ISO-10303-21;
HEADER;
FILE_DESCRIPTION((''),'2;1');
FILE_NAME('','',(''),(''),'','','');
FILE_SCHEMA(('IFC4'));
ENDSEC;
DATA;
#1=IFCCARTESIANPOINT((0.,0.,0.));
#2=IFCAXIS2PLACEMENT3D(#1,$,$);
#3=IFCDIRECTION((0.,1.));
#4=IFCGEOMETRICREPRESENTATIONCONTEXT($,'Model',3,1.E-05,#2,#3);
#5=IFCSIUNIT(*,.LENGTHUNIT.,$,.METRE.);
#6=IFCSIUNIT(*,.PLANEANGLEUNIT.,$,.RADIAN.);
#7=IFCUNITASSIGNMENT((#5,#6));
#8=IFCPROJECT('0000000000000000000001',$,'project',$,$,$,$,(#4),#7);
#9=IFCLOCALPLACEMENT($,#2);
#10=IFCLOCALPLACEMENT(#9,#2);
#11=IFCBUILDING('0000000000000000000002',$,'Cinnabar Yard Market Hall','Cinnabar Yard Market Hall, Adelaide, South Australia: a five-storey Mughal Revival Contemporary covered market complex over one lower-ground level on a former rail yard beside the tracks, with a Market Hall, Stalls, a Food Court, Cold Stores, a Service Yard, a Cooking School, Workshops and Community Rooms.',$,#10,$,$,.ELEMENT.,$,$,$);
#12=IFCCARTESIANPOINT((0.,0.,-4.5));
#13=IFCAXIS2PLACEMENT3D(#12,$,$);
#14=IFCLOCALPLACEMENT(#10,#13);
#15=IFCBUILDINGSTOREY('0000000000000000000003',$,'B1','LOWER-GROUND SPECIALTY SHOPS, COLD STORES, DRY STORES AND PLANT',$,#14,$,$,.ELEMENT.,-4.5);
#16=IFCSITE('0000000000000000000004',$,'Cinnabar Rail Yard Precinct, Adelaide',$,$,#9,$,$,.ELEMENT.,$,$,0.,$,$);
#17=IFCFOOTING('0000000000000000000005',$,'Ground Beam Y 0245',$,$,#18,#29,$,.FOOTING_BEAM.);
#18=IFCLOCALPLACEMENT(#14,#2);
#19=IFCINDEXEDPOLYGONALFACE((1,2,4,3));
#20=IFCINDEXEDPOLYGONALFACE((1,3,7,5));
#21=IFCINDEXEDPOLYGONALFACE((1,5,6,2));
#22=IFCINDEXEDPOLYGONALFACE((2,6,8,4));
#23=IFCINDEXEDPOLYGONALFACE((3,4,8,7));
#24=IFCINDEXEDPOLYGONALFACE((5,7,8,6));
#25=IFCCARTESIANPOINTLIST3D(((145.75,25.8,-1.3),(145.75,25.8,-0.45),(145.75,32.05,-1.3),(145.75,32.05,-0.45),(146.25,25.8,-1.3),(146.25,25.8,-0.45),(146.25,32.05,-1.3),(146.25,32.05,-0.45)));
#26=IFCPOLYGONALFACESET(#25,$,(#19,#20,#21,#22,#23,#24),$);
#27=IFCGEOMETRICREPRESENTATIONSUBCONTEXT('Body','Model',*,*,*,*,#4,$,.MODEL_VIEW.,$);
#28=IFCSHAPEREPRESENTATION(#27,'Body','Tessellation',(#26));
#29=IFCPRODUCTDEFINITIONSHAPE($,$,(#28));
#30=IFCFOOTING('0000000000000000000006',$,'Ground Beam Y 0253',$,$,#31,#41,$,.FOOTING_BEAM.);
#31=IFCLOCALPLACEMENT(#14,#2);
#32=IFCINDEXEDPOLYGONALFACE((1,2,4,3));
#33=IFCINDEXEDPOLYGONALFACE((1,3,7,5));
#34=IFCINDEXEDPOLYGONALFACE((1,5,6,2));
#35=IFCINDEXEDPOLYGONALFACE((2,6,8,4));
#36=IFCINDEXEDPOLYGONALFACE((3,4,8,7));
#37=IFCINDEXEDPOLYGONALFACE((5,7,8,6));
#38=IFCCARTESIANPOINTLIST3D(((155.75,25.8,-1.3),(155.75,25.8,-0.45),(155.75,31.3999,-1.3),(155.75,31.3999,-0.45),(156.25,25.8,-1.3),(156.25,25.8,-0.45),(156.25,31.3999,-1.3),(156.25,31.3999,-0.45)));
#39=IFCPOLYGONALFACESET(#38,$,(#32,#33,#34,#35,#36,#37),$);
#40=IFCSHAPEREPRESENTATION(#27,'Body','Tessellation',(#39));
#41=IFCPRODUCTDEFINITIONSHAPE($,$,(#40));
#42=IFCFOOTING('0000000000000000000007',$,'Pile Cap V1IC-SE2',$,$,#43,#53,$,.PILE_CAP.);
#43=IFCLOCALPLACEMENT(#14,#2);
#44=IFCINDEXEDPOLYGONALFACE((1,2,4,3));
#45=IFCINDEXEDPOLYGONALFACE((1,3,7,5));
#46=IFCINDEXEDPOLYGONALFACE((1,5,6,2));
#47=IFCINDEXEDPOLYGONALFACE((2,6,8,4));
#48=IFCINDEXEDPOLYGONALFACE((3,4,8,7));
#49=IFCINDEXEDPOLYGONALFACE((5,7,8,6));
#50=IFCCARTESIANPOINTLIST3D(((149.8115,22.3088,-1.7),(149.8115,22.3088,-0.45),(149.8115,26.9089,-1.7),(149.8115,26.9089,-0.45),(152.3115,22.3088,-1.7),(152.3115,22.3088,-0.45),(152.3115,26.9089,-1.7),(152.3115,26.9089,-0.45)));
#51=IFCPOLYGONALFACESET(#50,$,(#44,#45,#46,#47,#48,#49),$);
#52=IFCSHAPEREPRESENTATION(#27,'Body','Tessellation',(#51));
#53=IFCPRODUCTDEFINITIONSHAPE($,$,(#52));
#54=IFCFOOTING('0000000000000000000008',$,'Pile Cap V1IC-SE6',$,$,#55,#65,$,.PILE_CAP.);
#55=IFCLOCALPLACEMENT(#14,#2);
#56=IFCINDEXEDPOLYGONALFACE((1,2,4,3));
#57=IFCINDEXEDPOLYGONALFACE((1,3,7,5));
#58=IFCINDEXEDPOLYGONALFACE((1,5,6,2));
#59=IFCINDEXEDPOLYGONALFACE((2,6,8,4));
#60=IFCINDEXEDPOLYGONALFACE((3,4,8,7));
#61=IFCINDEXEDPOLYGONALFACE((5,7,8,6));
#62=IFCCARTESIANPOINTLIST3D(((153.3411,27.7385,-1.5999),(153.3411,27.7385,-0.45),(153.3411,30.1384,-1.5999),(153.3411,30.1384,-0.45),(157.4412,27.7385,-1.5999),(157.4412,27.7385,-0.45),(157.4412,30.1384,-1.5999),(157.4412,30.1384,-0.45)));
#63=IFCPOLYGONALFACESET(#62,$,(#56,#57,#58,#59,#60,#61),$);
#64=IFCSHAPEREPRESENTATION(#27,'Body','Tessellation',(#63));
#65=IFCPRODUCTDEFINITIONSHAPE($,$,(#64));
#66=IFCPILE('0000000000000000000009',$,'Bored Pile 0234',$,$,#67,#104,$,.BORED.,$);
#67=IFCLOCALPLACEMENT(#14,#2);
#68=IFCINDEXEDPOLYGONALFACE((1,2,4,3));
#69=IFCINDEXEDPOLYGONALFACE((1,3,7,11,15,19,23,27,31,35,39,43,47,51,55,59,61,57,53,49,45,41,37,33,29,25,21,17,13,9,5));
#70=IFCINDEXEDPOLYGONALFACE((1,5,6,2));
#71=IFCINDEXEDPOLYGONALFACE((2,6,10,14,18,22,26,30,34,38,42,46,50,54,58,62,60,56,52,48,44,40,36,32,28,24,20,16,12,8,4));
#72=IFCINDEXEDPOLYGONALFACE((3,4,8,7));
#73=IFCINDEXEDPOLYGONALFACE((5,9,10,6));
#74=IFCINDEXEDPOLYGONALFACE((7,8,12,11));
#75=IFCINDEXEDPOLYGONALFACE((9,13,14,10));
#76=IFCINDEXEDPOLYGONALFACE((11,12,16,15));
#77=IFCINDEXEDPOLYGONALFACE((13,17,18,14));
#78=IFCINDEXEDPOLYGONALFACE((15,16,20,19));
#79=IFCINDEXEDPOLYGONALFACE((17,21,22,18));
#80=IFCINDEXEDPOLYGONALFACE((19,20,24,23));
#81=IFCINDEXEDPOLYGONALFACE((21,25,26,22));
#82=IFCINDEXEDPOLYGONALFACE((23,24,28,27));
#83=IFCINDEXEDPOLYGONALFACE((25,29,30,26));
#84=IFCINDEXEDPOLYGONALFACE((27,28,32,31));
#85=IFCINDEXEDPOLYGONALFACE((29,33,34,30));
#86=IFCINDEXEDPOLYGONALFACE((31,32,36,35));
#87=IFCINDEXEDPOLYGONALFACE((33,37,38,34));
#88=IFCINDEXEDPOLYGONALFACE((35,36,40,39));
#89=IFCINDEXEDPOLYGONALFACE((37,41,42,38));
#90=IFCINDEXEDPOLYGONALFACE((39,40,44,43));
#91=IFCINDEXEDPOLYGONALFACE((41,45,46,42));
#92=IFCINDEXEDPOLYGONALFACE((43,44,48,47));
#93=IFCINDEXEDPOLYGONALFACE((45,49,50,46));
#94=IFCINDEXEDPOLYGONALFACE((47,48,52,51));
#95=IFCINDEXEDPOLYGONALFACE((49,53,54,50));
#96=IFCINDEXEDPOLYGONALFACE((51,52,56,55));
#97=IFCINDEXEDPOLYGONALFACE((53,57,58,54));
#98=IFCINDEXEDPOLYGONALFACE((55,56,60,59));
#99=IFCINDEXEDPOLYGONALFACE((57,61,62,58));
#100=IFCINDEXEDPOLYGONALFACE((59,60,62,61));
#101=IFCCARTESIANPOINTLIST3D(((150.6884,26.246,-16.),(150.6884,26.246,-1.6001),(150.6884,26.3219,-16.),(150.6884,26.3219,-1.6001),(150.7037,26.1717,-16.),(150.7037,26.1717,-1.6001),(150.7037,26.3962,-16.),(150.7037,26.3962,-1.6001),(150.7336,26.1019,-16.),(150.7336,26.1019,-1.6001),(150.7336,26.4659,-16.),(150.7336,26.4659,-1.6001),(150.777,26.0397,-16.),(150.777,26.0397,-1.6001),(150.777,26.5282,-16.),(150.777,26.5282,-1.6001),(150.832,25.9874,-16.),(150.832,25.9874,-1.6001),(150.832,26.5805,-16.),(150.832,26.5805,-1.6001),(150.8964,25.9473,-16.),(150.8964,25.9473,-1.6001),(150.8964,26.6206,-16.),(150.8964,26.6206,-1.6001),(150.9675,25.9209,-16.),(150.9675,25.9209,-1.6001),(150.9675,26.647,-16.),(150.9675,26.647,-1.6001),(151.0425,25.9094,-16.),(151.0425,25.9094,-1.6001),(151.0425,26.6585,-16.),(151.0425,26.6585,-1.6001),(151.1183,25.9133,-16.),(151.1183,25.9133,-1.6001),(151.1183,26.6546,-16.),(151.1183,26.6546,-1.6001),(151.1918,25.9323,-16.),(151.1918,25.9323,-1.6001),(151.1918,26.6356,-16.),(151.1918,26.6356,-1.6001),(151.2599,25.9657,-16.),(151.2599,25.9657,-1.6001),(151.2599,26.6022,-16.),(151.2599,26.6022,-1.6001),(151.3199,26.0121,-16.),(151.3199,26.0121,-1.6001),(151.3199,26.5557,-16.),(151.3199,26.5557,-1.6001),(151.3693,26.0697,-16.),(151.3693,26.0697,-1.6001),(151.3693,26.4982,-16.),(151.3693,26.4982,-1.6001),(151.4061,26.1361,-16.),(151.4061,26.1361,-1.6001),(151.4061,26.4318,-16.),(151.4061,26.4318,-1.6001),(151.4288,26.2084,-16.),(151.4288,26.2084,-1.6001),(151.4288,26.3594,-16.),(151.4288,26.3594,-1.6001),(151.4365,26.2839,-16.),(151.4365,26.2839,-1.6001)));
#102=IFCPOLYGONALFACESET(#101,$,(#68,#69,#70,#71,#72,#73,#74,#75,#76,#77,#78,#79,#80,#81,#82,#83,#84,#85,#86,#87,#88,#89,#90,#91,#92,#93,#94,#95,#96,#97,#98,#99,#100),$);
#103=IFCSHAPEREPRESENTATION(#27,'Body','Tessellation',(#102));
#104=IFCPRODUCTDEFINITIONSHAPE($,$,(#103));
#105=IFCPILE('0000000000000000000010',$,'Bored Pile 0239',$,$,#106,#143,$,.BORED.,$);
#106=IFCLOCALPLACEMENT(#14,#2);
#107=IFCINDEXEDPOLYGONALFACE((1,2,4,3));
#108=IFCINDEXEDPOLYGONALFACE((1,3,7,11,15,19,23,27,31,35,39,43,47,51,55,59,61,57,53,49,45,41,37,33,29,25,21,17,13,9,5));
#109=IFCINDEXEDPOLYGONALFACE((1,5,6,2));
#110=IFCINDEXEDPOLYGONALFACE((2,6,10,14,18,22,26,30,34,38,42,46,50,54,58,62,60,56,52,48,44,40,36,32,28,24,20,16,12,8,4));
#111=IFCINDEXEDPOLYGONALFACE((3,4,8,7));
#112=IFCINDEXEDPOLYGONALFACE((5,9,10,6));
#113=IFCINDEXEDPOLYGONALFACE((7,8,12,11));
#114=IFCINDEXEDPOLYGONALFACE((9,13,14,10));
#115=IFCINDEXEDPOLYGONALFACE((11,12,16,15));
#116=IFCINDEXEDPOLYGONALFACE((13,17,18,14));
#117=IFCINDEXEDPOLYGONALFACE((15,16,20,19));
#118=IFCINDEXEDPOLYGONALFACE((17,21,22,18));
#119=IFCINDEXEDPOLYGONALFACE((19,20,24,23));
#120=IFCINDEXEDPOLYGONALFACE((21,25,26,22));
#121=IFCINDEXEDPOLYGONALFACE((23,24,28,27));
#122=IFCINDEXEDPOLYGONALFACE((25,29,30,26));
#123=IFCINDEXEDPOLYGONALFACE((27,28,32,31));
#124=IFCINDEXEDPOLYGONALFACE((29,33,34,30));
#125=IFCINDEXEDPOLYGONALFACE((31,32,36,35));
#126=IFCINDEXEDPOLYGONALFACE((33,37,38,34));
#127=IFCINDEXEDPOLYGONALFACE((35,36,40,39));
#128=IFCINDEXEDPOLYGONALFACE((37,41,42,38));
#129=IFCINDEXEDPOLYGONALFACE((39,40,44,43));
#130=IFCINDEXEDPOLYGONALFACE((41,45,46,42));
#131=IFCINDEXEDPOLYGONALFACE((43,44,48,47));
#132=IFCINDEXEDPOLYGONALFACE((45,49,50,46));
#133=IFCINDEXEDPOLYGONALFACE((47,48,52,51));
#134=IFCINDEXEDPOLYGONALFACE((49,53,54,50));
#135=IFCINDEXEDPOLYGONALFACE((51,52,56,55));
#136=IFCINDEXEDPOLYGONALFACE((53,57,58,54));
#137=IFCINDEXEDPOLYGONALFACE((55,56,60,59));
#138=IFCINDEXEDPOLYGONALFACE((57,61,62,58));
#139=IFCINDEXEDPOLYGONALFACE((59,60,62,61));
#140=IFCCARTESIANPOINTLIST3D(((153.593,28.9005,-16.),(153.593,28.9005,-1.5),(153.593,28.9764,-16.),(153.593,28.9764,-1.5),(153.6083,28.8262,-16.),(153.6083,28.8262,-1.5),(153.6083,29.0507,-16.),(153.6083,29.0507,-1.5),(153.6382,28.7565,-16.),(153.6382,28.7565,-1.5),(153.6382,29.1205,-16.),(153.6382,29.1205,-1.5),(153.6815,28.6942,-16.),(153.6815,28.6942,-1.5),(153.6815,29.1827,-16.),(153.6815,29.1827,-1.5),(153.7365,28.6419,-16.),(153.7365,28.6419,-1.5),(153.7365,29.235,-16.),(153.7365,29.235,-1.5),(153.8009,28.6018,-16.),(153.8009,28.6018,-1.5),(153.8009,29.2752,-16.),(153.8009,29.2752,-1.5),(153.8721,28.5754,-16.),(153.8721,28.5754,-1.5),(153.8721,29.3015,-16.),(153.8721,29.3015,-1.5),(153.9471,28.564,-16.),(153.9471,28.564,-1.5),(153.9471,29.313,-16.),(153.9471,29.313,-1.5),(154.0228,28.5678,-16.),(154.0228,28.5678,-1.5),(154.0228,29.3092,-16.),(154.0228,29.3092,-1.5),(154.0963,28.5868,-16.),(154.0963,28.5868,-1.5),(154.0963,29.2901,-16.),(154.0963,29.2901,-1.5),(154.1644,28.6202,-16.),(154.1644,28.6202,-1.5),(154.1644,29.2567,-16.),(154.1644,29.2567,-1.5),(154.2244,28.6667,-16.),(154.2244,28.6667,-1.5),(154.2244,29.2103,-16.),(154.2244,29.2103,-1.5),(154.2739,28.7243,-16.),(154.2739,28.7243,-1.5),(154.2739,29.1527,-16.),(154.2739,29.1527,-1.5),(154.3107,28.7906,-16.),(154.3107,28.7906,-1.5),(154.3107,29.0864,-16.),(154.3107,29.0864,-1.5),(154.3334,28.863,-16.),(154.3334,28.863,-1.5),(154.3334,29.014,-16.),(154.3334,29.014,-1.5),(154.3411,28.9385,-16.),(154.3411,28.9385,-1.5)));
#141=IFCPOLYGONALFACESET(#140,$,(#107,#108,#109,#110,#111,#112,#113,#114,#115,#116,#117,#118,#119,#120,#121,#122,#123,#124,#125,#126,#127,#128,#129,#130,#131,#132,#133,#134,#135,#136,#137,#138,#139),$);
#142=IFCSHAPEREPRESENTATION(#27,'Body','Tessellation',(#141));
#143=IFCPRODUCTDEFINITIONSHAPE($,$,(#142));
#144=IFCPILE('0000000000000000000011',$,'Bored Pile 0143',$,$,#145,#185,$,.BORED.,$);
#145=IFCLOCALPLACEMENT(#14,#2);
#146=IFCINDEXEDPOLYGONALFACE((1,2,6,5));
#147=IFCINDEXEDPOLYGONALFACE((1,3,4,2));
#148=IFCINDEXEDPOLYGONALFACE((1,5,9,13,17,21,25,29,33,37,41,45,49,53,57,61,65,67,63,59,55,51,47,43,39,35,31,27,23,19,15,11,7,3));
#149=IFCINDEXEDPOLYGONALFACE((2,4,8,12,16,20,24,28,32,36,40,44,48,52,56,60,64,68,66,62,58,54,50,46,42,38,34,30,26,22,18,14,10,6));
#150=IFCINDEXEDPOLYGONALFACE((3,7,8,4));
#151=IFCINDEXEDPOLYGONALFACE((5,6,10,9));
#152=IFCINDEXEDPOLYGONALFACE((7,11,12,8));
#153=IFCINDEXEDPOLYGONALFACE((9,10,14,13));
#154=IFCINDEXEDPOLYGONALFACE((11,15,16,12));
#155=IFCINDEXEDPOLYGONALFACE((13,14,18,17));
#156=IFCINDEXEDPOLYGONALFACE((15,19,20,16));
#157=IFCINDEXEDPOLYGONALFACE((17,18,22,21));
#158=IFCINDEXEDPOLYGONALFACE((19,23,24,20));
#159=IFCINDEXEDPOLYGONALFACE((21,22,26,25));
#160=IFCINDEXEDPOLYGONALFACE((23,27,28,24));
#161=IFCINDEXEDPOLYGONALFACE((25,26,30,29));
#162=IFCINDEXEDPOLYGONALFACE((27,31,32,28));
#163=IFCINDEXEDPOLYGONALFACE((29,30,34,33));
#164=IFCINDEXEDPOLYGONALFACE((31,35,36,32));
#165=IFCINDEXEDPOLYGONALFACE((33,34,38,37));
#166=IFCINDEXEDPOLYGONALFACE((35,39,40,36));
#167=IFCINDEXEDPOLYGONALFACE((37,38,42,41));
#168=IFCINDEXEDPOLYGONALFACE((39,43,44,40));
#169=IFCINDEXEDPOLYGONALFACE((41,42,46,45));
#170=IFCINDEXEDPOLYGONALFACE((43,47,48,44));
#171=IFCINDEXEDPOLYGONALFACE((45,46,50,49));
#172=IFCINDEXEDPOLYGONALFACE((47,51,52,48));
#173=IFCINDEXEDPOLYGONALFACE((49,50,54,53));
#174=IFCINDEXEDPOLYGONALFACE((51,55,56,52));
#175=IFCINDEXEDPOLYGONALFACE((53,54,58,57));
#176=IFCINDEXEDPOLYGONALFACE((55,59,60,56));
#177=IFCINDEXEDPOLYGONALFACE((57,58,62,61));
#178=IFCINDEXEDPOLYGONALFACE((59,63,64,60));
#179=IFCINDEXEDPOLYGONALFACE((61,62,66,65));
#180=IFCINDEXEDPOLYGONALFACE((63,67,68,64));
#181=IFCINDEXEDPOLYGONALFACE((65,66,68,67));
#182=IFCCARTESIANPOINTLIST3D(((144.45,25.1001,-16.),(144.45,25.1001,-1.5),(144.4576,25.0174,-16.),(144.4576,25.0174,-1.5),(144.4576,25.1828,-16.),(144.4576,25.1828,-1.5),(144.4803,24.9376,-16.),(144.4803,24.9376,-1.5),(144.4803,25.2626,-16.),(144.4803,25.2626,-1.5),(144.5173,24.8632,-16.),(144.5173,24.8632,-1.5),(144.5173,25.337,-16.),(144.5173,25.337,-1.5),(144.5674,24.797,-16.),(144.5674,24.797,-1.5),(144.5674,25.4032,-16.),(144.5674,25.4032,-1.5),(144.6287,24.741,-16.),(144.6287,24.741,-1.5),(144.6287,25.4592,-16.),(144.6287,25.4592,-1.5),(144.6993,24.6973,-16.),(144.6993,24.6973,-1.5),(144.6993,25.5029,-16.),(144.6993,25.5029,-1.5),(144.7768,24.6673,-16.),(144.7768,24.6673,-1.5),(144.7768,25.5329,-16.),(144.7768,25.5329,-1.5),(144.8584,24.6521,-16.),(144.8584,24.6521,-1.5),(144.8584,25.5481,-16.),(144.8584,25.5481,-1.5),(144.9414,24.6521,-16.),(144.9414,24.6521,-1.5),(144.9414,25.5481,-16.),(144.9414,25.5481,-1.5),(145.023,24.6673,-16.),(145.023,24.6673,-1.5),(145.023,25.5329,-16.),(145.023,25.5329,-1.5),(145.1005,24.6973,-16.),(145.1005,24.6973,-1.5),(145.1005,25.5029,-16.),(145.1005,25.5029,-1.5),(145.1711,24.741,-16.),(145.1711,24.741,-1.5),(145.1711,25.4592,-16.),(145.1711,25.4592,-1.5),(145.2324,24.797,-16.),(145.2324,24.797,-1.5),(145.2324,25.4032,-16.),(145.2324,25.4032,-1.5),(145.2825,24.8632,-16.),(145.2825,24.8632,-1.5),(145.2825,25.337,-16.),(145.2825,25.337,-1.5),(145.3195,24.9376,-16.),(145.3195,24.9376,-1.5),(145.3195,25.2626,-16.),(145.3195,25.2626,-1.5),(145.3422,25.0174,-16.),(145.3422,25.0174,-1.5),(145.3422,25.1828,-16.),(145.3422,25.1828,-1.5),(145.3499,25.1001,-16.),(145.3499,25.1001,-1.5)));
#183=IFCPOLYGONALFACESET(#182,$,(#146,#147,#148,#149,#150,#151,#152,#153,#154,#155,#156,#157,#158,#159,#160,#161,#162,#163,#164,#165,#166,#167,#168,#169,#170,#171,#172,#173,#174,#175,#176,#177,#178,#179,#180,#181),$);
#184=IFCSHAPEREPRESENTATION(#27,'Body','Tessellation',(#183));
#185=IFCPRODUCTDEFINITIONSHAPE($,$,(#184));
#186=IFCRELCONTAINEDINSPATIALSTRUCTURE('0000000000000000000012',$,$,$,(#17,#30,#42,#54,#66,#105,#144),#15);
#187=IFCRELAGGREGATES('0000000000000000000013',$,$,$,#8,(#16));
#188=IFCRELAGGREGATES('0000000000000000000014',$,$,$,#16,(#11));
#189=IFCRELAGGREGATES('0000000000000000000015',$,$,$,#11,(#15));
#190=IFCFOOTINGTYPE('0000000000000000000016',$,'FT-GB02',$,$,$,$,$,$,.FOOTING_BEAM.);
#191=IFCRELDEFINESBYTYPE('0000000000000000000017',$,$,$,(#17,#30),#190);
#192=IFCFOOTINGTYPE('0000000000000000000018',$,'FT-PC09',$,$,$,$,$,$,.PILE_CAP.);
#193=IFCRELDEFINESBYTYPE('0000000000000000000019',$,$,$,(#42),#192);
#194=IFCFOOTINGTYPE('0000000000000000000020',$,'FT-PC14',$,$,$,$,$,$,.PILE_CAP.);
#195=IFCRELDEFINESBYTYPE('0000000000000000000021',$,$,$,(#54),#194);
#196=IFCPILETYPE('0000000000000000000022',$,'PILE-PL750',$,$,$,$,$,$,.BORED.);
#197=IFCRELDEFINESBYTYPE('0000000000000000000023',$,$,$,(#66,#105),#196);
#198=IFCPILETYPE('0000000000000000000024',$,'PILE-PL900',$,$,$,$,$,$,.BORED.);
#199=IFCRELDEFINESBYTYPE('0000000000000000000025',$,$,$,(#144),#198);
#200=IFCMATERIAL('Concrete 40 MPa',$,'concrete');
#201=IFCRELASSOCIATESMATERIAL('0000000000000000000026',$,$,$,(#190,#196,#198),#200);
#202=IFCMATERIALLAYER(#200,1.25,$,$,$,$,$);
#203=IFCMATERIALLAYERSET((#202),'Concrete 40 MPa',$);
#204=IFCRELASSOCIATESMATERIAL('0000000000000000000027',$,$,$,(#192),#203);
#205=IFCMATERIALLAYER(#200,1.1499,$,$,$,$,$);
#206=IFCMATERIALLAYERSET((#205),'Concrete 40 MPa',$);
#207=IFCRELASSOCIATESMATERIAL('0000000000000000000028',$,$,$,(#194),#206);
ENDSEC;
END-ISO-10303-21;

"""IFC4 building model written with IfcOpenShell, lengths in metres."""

from ifc_helpers import new_model, si_unit, direction, frame, origin, origin_2d_with_axis, place, context, subcontext, project, spatial, rectangle, circle, extrude, material, layer, layer_set, material_profile, profile_set, type_object, element, save


model = new_model("IFC4")

# Units and contexts
model_context = context("Model", 3, precision=1e-05, world=origin(), true_north=direction((0.0, 1.0)))
body_context = subcontext(model_context, "Body", "Model", "MODEL_VIEW")
ifc_project = project(units=[si_unit("LENGTHUNIT", "METRE"), si_unit("PLANEANGLEUNIT", "RADIAN")], contexts=[model_context])

# Site, building, storey
site_placement = place(None, origin())
site = spatial("IfcSite", under=ifc_project, at=site_placement, Name="Cinnabar Rail Yard Precinct, Adelaide", CompositionType="ELEMENT", RefElevation=0.0)
building_placement = place(site_placement, origin())
building = spatial("IfcBuilding", under=site, at=building_placement, Name="Cinnabar Yard Market Hall", Description="Cinnabar Yard Market Hall, Adelaide, South Australia: a five-storey Mughal Revival Contemporary covered market complex over one lower-ground level on a former rail yard beside the tracks, with a Market Hall, Stalls, a Food Court, Cold Stores, a Service Yard, a Cooking School, Workshops and Community Rooms.", CompositionType="ELEMENT")
storey_placement = place(building_placement, frame((0.0, 0.0, -4.5)))
storey = spatial("IfcBuildingStorey", under=building, at=storey_placement, Name="B1", Description="LOWER-GROUND SPECIALTY SHOPS, COLD STORES, DRY STORES AND PLANT", CompositionType="ELEMENT", Elevation=-4.5)

# Footings
ifc_material_1 = material(Name="Concrete 40 MPa", Category="concrete")
ifc_material_profile_1 = material_profile(ifc_material_1, rectangle(XDim=0.5, YDim=0.8501, at=origin_2d_with_axis()), Name="GB-500x850")
ifc_profile_set_1 = profile_set([ifc_material_profile_1], Name="Concrete 40 MPa")
footing_type_1 = type_object("IfcFootingType", Name="FT-GB02", PredefinedType="FOOTING_BEAM", material=ifc_profile_set_1)
footing_1_placement = place(storey_placement, frame((146.0, 25.8, -0.875), z_axis=(0.0, 1.0, 0.0), x_axis=(-1.0, 0.0, 0.0)))
element("IfcFooting", 1, at=footing_1_placement, inside=storey, type_object=footing_type_1, Name="Ground Beam Y 0245", PredefinedType="FOOTING_BEAM", context=body_context, shape_type="SweptSolid", body=[
    extrude(rectangle(XDim=0.5, YDim=0.8501, at=origin_2d_with_axis()), origin(), (0.0, 0.0, 1.0), 6.25),
])
footing_2_placement = place(storey_placement, frame((156.0, 25.8, -0.875), z_axis=(0.0, 1.0, 0.0), x_axis=(-1.0, 0.0, 0.0)))
element("IfcFooting", 2, at=footing_2_placement, inside=storey, type_object=footing_type_1, Name="Ground Beam Y 0253", PredefinedType="FOOTING_BEAM", context=body_context, shape_type="SweptSolid", body=[
    extrude(rectangle(XDim=0.5, YDim=0.8501, at=origin_2d_with_axis()), origin(), (0.0, 0.0, 1.0), 5.5999),
])
ifc_layer_1 = layer(ifc_material_1, 1.25)
ifc_layer_set_1 = layer_set([ifc_layer_1], Name="Concrete 40 MPa")
footing_type_2 = type_object("IfcFootingType", Name="FT-PC09", PredefinedType="PILE_CAP", material=ifc_layer_set_1)
footing_3_placement = place(storey_placement, frame((151.0615, 24.6089, -1.7), z_axis=(0.0, 0.0, 1.0), x_axis=(1.0, 0.0, 0.0)))
element("IfcFooting", 3, at=footing_3_placement, inside=storey, type_object=footing_type_2, Name="Pile Cap V1IC-SE2", PredefinedType="PILE_CAP", context=body_context, shape_type="SweptSolid", body=[
    extrude(rectangle(XDim=2.5, YDim=4.6001, at=origin_2d_with_axis()), origin(), (0.0, 0.0, 1.0), 1.25),
])
ifc_layer_2 = layer(ifc_material_1, 1.1499)
ifc_layer_set_2 = layer_set([ifc_layer_2], Name="Concrete 40 MPa")
footing_type_3 = type_object("IfcFootingType", Name="FT-PC14", PredefinedType="PILE_CAP", material=ifc_layer_set_2)
footing_4_placement = place(storey_placement, frame((155.3911, 28.9385, -1.5999), z_axis=(0.0, 0.0, 1.0), x_axis=(1.0, 0.0, 0.0)))
element("IfcFooting", 4, at=footing_4_placement, inside=storey, type_object=footing_type_3, Name="Pile Cap V1IC-SE6", PredefinedType="PILE_CAP", context=body_context, shape_type="SweptSolid", body=[
    extrude(rectangle(XDim=4.1001, YDim=2.3999, at=origin_2d_with_axis()), origin(), (0.0, 0.0, 1.0), 1.1499),
])

# Piles
ifc_material_profile_2 = material_profile(ifc_material_1, circle(Radius=0.375, at=origin_2d_with_axis()), Name="PILE-D750")
ifc_profile_set_2 = profile_set([ifc_material_profile_2], Name="Concrete 40 MPa")
pile_type_1 = type_object("IfcPileType", Name="PILE-PL750", PredefinedType="BORED", material=ifc_profile_set_2)
pile_1_placement = place(storey_placement, frame((151.0615, 26.2839, -1.6001), z_axis=(0.0, 0.0, -1.0), x_axis=(1.0, 0.0, 0.0)))
element("IfcPile", 5, at=pile_1_placement, inside=storey, type_object=pile_type_1, Name="Bored Pile 0234", PredefinedType="BORED", context=body_context, shape_type="SweptSolid", body=[
    extrude(circle(Radius=0.375, at=origin_2d_with_axis()), origin(), (0.0, 0.0, 1.0), 14.3999),
])
pile_2_placement = place(storey_placement, frame((153.9661, 28.9385, -1.5), z_axis=(0.0, 0.0, -1.0), x_axis=(1.0, 0.0, 0.0)))
element("IfcPile", 6, at=pile_2_placement, inside=storey, type_object=pile_type_1, Name="Bored Pile 0239", PredefinedType="BORED", context=body_context, shape_type="SweptSolid", body=[
    extrude(circle(Radius=0.375, at=origin_2d_with_axis()), origin(), (0.0, 0.0, 1.0), 14.5),
])
ifc_material_profile_3 = material_profile(ifc_material_1, circle(Radius=0.45, at=origin_2d_with_axis()), Name="PILE-D900")
ifc_profile_set_3 = profile_set([ifc_material_profile_3], Name="Concrete 40 MPa")
pile_type_2 = type_object("IfcPileType", Name="PILE-PL900", PredefinedType="BORED", material=ifc_profile_set_3)
for number, where, z_axis, x_axis, name in (
    (7, (144.8999, 25.1001, -1.5), (0.0, 0.0, -1.0), (1.0, 0.0, 0.0), "Bored Pile 0143"),
):
    element("IfcPile", number, at=place(storey_placement, frame(where, z_axis=z_axis, x_axis=x_axis)), inside=storey, type_object=pile_type_2, Name=name, PredefinedType="BORED", context=body_context, shape_type="SweptSolid", body=[
        extrude(circle(Radius=0.45, at=origin_2d_with_axis()), origin(), (0.0, 0.0, 1.0), 14.5),
    ])

save(model, "model.ifc")
